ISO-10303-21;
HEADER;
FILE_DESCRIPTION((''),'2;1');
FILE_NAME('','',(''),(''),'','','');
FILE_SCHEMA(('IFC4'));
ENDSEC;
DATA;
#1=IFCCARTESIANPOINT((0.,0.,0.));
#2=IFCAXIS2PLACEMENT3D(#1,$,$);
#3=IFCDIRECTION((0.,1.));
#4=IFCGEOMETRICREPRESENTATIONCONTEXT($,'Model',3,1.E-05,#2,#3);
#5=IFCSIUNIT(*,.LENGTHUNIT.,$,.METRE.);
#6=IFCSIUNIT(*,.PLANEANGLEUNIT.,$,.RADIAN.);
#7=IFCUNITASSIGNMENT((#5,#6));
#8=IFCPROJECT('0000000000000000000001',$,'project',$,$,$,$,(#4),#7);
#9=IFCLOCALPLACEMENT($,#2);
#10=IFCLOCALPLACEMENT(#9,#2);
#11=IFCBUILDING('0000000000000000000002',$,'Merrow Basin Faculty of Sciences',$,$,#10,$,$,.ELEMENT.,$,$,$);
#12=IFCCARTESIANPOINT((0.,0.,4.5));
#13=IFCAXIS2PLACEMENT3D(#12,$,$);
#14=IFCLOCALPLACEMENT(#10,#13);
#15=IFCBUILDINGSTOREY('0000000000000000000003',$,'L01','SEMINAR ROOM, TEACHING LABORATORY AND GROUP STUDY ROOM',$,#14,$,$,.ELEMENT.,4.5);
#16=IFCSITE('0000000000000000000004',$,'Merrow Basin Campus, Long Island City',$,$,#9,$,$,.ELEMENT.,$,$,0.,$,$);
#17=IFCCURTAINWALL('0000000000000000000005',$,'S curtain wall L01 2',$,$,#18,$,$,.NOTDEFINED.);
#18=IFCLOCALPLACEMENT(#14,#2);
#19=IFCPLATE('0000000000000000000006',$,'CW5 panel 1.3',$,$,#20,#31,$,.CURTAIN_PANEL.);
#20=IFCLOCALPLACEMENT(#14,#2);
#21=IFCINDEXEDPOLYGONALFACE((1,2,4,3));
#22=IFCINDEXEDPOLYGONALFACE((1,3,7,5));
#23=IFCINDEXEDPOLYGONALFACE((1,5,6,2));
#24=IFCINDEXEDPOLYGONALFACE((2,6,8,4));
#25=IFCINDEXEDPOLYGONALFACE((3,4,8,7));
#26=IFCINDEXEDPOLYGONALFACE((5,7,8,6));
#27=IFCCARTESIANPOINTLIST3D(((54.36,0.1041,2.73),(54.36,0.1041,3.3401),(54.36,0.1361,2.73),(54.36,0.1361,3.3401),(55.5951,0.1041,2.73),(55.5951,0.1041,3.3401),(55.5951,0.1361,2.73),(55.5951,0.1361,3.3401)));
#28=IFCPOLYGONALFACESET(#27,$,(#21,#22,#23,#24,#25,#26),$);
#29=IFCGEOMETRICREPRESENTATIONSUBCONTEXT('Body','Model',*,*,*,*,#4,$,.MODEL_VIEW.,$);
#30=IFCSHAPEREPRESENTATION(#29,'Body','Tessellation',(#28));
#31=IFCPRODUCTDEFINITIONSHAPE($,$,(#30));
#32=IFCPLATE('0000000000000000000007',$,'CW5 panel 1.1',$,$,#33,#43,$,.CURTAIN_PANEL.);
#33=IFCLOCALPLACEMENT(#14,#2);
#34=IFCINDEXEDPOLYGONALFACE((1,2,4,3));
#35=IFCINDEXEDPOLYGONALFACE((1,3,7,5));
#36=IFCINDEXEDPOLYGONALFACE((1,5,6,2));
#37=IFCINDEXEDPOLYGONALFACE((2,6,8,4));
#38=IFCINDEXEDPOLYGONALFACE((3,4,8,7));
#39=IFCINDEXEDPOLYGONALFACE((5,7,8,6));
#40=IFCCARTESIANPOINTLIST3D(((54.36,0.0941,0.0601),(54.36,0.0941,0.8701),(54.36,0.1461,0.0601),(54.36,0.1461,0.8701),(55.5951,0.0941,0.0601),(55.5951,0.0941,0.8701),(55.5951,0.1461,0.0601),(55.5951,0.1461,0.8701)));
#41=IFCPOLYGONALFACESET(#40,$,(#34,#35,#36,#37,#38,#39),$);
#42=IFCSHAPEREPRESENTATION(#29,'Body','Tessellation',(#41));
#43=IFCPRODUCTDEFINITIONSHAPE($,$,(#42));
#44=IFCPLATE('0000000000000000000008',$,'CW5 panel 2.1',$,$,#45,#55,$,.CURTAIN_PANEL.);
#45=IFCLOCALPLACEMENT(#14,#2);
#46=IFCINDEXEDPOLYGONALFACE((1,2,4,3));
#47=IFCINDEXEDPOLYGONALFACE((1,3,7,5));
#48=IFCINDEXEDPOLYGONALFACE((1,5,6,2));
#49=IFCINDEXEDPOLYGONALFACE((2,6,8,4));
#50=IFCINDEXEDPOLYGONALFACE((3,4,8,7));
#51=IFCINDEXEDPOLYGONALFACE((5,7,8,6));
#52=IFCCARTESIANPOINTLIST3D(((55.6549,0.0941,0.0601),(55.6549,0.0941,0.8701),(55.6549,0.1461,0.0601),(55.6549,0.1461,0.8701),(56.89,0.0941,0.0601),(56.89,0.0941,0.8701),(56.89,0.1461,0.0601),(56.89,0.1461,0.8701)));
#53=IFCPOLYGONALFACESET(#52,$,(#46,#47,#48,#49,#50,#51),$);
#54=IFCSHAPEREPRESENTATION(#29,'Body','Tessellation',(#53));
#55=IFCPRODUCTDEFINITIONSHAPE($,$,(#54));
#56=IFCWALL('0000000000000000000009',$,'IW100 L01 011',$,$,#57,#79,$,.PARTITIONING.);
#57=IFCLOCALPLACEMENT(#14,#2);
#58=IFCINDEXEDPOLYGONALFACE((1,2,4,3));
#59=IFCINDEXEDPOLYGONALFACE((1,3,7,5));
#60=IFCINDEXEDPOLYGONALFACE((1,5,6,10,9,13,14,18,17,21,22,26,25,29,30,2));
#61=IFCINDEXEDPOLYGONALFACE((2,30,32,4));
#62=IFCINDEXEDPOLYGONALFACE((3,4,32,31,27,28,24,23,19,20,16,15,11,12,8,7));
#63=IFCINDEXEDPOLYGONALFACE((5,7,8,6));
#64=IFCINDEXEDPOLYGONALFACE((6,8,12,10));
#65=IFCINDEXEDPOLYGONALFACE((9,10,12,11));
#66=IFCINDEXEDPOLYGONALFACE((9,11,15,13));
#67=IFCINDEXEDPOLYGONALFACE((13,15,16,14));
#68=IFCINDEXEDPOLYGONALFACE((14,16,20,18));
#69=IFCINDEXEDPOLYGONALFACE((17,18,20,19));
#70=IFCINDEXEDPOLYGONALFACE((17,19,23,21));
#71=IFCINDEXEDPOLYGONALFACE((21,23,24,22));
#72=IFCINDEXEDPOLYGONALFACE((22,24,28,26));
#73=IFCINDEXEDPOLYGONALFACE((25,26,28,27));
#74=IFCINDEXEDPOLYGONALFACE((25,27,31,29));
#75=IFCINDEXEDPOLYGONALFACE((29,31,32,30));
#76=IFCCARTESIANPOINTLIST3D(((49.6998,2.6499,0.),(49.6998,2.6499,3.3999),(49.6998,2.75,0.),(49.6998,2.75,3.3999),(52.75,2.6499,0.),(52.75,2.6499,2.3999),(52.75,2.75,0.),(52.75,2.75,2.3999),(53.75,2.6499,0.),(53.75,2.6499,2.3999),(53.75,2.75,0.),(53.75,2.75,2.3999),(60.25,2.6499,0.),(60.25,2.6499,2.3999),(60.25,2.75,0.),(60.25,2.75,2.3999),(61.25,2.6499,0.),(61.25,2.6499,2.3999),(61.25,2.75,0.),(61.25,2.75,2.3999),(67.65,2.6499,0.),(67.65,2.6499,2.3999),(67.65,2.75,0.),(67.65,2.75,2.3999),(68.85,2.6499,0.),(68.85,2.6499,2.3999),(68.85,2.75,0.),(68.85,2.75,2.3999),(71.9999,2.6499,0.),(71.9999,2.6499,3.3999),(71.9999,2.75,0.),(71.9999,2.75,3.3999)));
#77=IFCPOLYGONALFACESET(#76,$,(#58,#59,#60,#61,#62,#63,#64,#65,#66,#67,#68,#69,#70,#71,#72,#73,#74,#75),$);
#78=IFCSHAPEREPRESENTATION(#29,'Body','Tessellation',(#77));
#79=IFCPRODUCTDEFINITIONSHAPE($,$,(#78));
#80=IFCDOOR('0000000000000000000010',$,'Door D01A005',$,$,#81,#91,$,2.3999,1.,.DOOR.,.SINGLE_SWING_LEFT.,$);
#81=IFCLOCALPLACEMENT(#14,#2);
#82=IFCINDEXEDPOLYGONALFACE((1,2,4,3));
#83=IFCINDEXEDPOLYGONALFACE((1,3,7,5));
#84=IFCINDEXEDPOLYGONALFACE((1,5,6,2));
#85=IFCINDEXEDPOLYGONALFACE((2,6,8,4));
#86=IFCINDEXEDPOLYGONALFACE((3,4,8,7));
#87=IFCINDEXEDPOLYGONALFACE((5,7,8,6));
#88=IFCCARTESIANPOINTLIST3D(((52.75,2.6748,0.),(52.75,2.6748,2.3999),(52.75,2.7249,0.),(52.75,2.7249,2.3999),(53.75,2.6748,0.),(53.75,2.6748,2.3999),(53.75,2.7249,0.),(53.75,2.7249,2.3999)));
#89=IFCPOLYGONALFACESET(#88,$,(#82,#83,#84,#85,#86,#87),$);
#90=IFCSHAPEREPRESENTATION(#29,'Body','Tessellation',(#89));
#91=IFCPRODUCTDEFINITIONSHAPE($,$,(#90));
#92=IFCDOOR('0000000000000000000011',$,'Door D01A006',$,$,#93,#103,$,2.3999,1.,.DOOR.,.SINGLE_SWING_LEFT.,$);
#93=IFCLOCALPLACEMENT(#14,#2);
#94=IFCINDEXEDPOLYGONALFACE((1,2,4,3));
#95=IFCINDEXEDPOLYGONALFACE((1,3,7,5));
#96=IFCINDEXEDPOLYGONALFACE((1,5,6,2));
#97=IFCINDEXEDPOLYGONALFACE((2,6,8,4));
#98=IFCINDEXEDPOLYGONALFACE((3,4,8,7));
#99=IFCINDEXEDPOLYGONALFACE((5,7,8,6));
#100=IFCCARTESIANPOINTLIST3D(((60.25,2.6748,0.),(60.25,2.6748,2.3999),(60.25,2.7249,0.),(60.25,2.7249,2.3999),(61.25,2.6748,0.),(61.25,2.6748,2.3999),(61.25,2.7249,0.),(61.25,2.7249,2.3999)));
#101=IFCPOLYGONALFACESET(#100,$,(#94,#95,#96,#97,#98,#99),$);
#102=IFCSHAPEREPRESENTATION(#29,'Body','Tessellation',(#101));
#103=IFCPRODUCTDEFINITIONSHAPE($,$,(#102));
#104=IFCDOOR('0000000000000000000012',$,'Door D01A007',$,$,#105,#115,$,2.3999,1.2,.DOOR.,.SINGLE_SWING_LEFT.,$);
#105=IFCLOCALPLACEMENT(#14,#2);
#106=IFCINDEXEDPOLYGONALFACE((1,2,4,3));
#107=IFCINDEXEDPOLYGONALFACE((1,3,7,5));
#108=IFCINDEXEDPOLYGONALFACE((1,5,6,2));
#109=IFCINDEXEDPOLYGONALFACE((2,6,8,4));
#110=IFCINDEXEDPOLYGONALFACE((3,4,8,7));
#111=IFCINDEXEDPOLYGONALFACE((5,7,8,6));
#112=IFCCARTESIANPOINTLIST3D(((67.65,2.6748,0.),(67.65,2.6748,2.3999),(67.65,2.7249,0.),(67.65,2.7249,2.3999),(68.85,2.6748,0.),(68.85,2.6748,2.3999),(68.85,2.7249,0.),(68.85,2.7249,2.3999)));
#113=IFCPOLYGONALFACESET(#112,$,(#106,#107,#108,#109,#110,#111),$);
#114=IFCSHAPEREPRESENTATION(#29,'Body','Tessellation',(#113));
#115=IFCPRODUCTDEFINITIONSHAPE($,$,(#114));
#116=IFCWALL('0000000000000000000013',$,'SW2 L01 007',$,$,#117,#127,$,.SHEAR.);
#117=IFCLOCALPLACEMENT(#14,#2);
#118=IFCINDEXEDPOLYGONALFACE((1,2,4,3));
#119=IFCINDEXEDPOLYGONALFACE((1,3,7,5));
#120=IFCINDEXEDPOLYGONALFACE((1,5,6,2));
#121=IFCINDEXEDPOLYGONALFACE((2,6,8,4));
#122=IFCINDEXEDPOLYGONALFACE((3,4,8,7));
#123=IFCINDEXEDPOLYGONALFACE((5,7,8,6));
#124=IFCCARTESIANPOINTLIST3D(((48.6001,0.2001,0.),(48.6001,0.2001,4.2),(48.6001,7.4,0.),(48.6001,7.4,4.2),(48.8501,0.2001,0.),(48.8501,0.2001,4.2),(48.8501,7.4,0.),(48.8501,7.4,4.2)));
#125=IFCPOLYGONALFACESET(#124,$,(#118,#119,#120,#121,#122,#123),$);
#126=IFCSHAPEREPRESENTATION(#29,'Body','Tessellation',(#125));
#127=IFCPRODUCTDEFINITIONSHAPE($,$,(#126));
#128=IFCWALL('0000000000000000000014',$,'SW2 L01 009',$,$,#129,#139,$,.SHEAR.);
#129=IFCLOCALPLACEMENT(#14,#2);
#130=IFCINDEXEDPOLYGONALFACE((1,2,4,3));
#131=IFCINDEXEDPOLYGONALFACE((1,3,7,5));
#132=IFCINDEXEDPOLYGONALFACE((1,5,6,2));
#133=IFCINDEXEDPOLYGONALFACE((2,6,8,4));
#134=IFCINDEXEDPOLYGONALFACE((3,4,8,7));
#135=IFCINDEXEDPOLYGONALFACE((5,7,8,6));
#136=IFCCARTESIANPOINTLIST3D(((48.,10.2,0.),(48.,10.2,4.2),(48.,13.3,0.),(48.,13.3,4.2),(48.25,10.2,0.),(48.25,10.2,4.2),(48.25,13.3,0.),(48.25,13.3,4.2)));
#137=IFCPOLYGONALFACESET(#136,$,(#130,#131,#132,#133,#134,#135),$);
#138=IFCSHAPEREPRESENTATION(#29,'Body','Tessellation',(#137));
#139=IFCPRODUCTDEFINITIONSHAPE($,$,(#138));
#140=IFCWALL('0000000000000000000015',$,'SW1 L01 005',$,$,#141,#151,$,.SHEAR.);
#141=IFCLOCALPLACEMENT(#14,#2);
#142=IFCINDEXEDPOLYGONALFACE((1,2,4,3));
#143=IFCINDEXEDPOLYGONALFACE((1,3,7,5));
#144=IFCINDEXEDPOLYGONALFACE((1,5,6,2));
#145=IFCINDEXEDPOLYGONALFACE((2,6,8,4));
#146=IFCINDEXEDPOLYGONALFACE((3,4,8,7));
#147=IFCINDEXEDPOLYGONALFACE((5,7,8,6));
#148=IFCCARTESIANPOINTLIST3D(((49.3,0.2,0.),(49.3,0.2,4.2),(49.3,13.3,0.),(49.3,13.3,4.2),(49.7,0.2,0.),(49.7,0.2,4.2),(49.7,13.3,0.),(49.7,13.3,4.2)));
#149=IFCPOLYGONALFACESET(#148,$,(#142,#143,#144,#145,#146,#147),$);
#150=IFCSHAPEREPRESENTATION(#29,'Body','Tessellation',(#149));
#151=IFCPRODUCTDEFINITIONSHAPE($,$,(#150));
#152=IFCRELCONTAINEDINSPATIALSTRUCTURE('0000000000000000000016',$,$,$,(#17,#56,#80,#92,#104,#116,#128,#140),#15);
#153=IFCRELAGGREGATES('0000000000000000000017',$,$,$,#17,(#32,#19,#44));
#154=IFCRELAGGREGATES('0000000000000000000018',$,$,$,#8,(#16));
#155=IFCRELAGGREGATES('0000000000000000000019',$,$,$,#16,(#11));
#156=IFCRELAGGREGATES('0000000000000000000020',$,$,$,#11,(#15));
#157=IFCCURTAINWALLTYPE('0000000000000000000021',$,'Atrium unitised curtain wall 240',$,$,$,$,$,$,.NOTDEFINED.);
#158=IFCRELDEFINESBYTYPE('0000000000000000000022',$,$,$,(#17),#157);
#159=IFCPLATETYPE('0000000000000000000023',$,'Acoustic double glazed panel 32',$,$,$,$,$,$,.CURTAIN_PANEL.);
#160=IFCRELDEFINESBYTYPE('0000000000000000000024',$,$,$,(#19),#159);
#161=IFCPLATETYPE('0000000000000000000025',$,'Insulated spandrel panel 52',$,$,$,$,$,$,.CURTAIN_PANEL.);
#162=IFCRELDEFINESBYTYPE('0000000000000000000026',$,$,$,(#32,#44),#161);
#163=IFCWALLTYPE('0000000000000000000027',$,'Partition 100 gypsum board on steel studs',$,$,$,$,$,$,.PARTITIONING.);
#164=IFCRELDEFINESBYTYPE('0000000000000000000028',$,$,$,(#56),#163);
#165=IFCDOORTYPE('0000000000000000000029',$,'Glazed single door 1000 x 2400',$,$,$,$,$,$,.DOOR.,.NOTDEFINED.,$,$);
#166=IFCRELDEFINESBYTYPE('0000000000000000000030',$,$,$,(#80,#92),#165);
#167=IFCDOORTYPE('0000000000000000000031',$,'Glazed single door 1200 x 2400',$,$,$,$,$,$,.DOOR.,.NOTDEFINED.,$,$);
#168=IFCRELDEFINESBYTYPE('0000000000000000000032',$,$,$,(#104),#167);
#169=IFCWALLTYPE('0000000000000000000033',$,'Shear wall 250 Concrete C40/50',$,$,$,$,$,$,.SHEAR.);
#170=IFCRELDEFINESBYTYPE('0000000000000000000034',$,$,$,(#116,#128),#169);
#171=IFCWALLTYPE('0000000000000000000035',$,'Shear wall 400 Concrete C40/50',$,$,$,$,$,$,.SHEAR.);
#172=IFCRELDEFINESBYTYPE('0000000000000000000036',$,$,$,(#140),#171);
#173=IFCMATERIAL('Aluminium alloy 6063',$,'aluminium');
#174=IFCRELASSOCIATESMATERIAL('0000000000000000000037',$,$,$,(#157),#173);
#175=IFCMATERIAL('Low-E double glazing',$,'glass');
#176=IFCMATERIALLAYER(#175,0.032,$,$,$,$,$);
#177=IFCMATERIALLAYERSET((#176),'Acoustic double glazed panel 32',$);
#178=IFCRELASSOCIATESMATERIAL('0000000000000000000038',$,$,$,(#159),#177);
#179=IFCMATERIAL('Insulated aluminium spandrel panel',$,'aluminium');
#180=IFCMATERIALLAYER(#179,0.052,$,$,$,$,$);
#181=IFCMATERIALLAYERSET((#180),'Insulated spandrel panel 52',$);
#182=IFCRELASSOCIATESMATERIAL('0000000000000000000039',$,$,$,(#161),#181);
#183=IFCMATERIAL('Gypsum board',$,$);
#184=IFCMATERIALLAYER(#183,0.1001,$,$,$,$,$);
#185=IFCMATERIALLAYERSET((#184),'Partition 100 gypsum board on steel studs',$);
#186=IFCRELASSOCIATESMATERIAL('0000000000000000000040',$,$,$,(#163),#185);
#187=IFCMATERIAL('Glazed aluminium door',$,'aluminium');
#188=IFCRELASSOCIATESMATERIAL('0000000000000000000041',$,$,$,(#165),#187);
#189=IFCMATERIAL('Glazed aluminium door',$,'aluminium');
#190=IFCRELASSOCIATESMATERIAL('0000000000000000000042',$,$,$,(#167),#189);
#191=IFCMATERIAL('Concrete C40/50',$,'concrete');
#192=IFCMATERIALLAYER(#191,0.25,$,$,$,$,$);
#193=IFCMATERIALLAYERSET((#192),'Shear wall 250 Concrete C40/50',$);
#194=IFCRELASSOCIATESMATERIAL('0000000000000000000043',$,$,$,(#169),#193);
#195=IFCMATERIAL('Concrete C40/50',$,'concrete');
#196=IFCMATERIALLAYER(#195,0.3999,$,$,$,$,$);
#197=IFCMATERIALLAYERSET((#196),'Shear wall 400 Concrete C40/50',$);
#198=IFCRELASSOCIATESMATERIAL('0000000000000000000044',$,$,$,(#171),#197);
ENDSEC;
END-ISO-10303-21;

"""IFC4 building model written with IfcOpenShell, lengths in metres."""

from ifc_helpers import new_model, si_unit, direction, frame, frame_2d, origin, origin_2d, place, context, subcontext, project, spatial, rectangle, extrude, material, layer, layer_set, type_object, element, fill, aggregate, save


model = new_model("IFC4")

# Units and contexts
model_context = context("Model", 3, precision=1e-05, world=origin(), true_north=direction((0.0, 1.0)))
body_context = subcontext(model_context, "Body", "Model", "MODEL_VIEW")
ifc_project = project(units=[si_unit("LENGTHUNIT", "METRE"), si_unit("PLANEANGLEUNIT", "RADIAN")], contexts=[model_context])

# Site, building, storey
site_placement = place(None, origin())
site = spatial("IfcSite", under=ifc_project, at=site_placement, Name="Merrow Basin Campus, Long Island City", CompositionType="ELEMENT", RefElevation=0.0)
building_placement = place(site_placement, origin())
building = spatial("IfcBuilding", under=site, at=building_placement, Name="Merrow Basin Faculty of Sciences", CompositionType="ELEMENT")
storey_placement = place(building_placement, frame((0.0, 0.0, 4.5)))
storey = spatial("IfcBuildingStorey", under=building, at=storey_placement, Name="L01", Description="SEMINAR ROOM, TEACHING LABORATORY AND GROUP STUDY ROOM", CompositionType="ELEMENT", Elevation=4.5)

# Shared definitions
ifc_material_1 = material(Name="Aluminium alloy 6063", Category="aluminium")
curtain_wall_type = type_object("IfcCurtainWallType", Name="Atrium unitised curtain wall 240", PredefinedType="NOTDEFINED", material=ifc_material_1)

# Curtain wall
curtain_wall_1_placement = place(storey_placement, origin())
curtain_wall_1 = element("IfcCurtainWall", 1, at=curtain_wall_1_placement, inside=storey, type_object=curtain_wall_type, Name="S curtain wall L01 2", PredefinedType="NOTDEFINED")

# Plates
ifc_material_2 = material(Name="Low-E double glazing", Category="glass")
ifc_layer_1 = layer(ifc_material_2, 0.032)
ifc_layer_set_1 = layer_set([ifc_layer_1], Name="Acoustic double glazed panel 32")
plate_type_1 = type_object("IfcPlateType", Name="Acoustic double glazed panel 32", PredefinedType="CURTAIN_PANEL", material=ifc_layer_set_1)
plate_1_placement = place(storey_placement, frame((54.9775, 0.1201, 2.73), z_axis=(0.0, 0.0, 1.0), x_axis=(1.0, 0.0, 0.0)))
plate_1 = element("IfcPlate", 2, at=plate_1_placement, type_object=plate_type_1, Name="CW5 panel 1.3", PredefinedType="CURTAIN_PANEL", context=body_context, shape_type="SweptSolid", body=[
    extrude(rectangle(XDim=1.2351, YDim=0.032, at=origin_2d()), origin(), (0.0, 0.0, 1.0), 0.6101),
])
ifc_material_3 = material(Name="Insulated aluminium spandrel panel", Category="aluminium")
ifc_layer_2 = layer(ifc_material_3, 0.052)
ifc_layer_set_2 = layer_set([ifc_layer_2], Name="Insulated spandrel panel 52")
plate_type_2 = type_object("IfcPlateType", Name="Insulated spandrel panel 52", PredefinedType="CURTAIN_PANEL", material=ifc_layer_set_2)
plate_2_placement = place(storey_placement, frame((54.9775, 0.1201, 0.0601), z_axis=(0.0, 0.0, 1.0), x_axis=(1.0, 0.0, 0.0)))
plate_2 = element("IfcPlate", 3, at=plate_2_placement, type_object=plate_type_2, Name="CW5 panel 1.1", PredefinedType="CURTAIN_PANEL", context=body_context, shape_type="SweptSolid", body=[
    extrude(rectangle(XDim=1.2351, YDim=0.052, at=origin_2d()), origin(), (0.0, 0.0, 1.0), 0.8101),
])
plate_3_placement = place(storey_placement, frame((56.2725, 0.1201, 0.0601), z_axis=(0.0, 0.0, 1.0), x_axis=(1.0, 0.0, 0.0)))
plate_3 = element("IfcPlate", 4, at=plate_3_placement, type_object=plate_type_2, Name="CW5 panel 2.1", PredefinedType="CURTAIN_PANEL", context=body_context, shape_type="SweptSolid", body=[
    extrude(rectangle(XDim=1.2351, YDim=0.052, at=origin_2d()), origin(), (0.0, 0.0, 1.0), 0.8101),
])
aggregate(curtain_wall_1, [plate_2, plate_1, plate_3])

# Wall, openings, doors
ifc_material_4 = material(Name="Gypsum board")
ifc_layer_3 = layer(ifc_material_4, 0.1001)
ifc_layer_set_3 = layer_set([ifc_layer_3], Name="Partition 100 gypsum board on steel studs")
wall_type_1 = type_object("IfcWallType", Name="Partition 100 gypsum board on steel studs", PredefinedType="PARTITIONING", material=ifc_layer_set_3)
wall_1_placement = place(storey_placement, frame((49.7, 2.7, 0.0), z_axis=(0.0, 0.0, 1.0), x_axis=(1.0, 0.0, 0.0)))
wall_1 = element("IfcWall", 5, at=wall_1_placement, inside=storey, type_object=wall_type_1, Name="IW100 L01 011", PredefinedType="PARTITIONING", context=body_context, shape_type="SweptSolid", body=[
    extrude(rectangle(XDim=22.3, YDim=0.1001, at=frame_2d((11.1499, 0.0))), origin(), (0.0, 0.0, 1.0), 3.3999),
])
opening_1_placement = place(wall_1_placement, frame((3.05, 0.0, 0.0)))
opening_1 = element("IfcOpeningElement", 6, at=opening_1_placement, cuts=wall_1, PredefinedType="OPENING", context=body_context, shape_type="SweptSolid", body=[
    extrude(rectangle(XDim=1.0, YDim=2.3999, at=frame_2d((0.5, 1.2))), frame((0.0, 0.0601, 0.0), z_axis=(0.0, -1.0, 0.0), x_axis=(1.0, 0.0, 0.0)), (0.0, 0.0, 1.0), 0.1201),
])
opening_2_placement = place(wall_1_placement, frame((10.55, 0.0, 0.0)))
opening_2 = element("IfcOpeningElement", 7, at=opening_2_placement, cuts=wall_1, PredefinedType="OPENING", context=body_context, shape_type="SweptSolid", body=[
    extrude(rectangle(XDim=1.0, YDim=2.3999, at=frame_2d((0.5, 1.2))), frame((0.0, 0.0601, 0.0), z_axis=(0.0, -1.0, 0.0), x_axis=(1.0, 0.0, 0.0)), (0.0, 0.0, 1.0), 0.1201),
])
opening_3_placement = place(wall_1_placement, frame((17.95, 0.0, 0.0)))
opening_3 = element("IfcOpeningElement", 8, at=opening_3_placement, cuts=wall_1, PredefinedType="OPENING", context=body_context, shape_type="SweptSolid", body=[
    extrude(rectangle(XDim=1.2, YDim=2.3999, at=frame_2d((0.6001, 1.2))), frame((0.0, 0.0601, 0.0), z_axis=(0.0, -1.0, 0.0), x_axis=(1.0, 0.0, 0.0)), (0.0, 0.0, 1.0), 0.1201),
])
ifc_material_5 = material(Name="Glazed aluminium door", Category="aluminium")
door_type_1 = type_object("IfcDoorType", Name="Glazed single door 1000 x 2400", OperationType="NOTDEFINED", PredefinedType="DOOR", material=ifc_material_5)
door_1_placement = place(opening_1_placement, origin())
door_1 = element("IfcDoor", 9, at=door_1_placement, inside=storey, type_object=door_type_1, Name="Door D01A005", OperationType="SINGLE_SWING_LEFT", OverallHeight=2.3999, OverallWidth=1.0, PredefinedType="DOOR", context=body_context, shape_type="SweptSolid", body=[
    extrude(rectangle(XDim=1.0, YDim=2.3999, at=frame_2d((0.5, 1.2))), frame((0.0, 0.0249, 0.0), z_axis=(0.0, -1.0, 0.0), x_axis=(1.0, 0.0, 0.0)), (0.0, 0.0, 1.0), 0.05),
])
fill(opening_1, door_1)
door_2_placement = place(opening_2_placement, origin())
door_2 = element("IfcDoor", 10, at=door_2_placement, inside=storey, type_object=door_type_1, Name="Door D01A006", OperationType="SINGLE_SWING_LEFT", OverallHeight=2.3999, OverallWidth=1.0, PredefinedType="DOOR", context=body_context, shape_type="SweptSolid", body=[
    extrude(rectangle(XDim=1.0, YDim=2.3999, at=frame_2d((0.5, 1.2))), frame((0.0, 0.0249, 0.0), z_axis=(0.0, -1.0, 0.0), x_axis=(1.0, 0.0, 0.0)), (0.0, 0.0, 1.0), 0.05),
])
fill(opening_2, door_2)
ifc_material_6 = material(Name="Glazed aluminium door", Category="aluminium")
door_type_2 = type_object("IfcDoorType", Name="Glazed single door 1200 x 2400", OperationType="NOTDEFINED", PredefinedType="DOOR", material=ifc_material_6)
door_3_placement = place(opening_3_placement, origin())
door_3 = element("IfcDoor", 11, at=door_3_placement, inside=storey, type_object=door_type_2, Name="Door D01A007", OperationType="SINGLE_SWING_LEFT", OverallHeight=2.3999, OverallWidth=1.2, PredefinedType="DOOR", context=body_context, shape_type="SweptSolid", body=[
    extrude(rectangle(XDim=1.2, YDim=2.3999, at=frame_2d((0.6001, 1.2))), frame((0.0, 0.0249, 0.0), z_axis=(0.0, -1.0, 0.0), x_axis=(1.0, 0.0, 0.0)), (0.0, 0.0, 1.0), 0.05),
])
fill(opening_3, door_3)

# Walls
ifc_material_7 = material(Name="Concrete C40/50", Category="concrete")
ifc_layer_4 = layer(ifc_material_7, 0.25)
ifc_layer_set_4 = layer_set([ifc_layer_4], Name="Shear wall 250 Concrete C40/50")
wall_type_2 = type_object("IfcWallType", Name="Shear wall 250 Concrete C40/50", PredefinedType="SHEAR", material=ifc_layer_set_4)
wall_2_placement = place(storey_placement, frame((48.7251, 0.2, 0.0), z_axis=(0.0, 0.0, 1.0), x_axis=(0.0, 1.0, 0.0)))
element("IfcWall", 12, at=wall_2_placement, inside=storey, type_object=wall_type_2, Name="SW2 L01 007", PredefinedType="SHEAR", context=body_context, shape_type="SweptSolid", body=[
    extrude(rectangle(XDim=7.2, YDim=0.25, at=frame_2d((3.6001, 0.0))), origin(), (0.0, 0.0, 1.0), 4.2),
])
wall_3_placement = place(storey_placement, frame((48.125, 10.2, 0.0), z_axis=(0.0, 0.0, 1.0), x_axis=(0.0, 1.0, 0.0)))
element("IfcWall", 13, at=wall_3_placement, inside=storey, type_object=wall_type_2, Name="SW2 L01 009", PredefinedType="SHEAR", context=body_context, shape_type="SweptSolid", body=[
    extrude(rectangle(XDim=3.1001, YDim=0.25, at=frame_2d((1.55, 0.0))), origin(), (0.0, 0.0, 1.0), 4.2),
])
ifc_material_8 = material(Name="Concrete C40/50", Category="concrete")
ifc_layer_5 = layer(ifc_material_8, 0.3999)
ifc_layer_set_5 = layer_set([ifc_layer_5], Name="Shear wall 400 Concrete C40/50")
wall_type_3 = type_object("IfcWallType", Name="Shear wall 400 Concrete C40/50", PredefinedType="SHEAR", material=ifc_layer_set_5)
wall_4_placement = place(storey_placement, frame((49.5, 0.2, 0.0), z_axis=(0.0, 0.0, 1.0), x_axis=(0.0, 1.0, 0.0)))
element("IfcWall", 14, at=wall_4_placement, inside=storey, type_object=wall_type_3, Name="SW1 L01 005", PredefinedType="SHEAR", context=body_context, shape_type="SweptSolid", body=[
    extrude(rectangle(XDim=13.1001, YDim=0.3999, at=frame_2d((6.55, 0.0))), origin(), (0.0, 0.0, 1.0), 4.2),
])

save(model, "model.ifc")
